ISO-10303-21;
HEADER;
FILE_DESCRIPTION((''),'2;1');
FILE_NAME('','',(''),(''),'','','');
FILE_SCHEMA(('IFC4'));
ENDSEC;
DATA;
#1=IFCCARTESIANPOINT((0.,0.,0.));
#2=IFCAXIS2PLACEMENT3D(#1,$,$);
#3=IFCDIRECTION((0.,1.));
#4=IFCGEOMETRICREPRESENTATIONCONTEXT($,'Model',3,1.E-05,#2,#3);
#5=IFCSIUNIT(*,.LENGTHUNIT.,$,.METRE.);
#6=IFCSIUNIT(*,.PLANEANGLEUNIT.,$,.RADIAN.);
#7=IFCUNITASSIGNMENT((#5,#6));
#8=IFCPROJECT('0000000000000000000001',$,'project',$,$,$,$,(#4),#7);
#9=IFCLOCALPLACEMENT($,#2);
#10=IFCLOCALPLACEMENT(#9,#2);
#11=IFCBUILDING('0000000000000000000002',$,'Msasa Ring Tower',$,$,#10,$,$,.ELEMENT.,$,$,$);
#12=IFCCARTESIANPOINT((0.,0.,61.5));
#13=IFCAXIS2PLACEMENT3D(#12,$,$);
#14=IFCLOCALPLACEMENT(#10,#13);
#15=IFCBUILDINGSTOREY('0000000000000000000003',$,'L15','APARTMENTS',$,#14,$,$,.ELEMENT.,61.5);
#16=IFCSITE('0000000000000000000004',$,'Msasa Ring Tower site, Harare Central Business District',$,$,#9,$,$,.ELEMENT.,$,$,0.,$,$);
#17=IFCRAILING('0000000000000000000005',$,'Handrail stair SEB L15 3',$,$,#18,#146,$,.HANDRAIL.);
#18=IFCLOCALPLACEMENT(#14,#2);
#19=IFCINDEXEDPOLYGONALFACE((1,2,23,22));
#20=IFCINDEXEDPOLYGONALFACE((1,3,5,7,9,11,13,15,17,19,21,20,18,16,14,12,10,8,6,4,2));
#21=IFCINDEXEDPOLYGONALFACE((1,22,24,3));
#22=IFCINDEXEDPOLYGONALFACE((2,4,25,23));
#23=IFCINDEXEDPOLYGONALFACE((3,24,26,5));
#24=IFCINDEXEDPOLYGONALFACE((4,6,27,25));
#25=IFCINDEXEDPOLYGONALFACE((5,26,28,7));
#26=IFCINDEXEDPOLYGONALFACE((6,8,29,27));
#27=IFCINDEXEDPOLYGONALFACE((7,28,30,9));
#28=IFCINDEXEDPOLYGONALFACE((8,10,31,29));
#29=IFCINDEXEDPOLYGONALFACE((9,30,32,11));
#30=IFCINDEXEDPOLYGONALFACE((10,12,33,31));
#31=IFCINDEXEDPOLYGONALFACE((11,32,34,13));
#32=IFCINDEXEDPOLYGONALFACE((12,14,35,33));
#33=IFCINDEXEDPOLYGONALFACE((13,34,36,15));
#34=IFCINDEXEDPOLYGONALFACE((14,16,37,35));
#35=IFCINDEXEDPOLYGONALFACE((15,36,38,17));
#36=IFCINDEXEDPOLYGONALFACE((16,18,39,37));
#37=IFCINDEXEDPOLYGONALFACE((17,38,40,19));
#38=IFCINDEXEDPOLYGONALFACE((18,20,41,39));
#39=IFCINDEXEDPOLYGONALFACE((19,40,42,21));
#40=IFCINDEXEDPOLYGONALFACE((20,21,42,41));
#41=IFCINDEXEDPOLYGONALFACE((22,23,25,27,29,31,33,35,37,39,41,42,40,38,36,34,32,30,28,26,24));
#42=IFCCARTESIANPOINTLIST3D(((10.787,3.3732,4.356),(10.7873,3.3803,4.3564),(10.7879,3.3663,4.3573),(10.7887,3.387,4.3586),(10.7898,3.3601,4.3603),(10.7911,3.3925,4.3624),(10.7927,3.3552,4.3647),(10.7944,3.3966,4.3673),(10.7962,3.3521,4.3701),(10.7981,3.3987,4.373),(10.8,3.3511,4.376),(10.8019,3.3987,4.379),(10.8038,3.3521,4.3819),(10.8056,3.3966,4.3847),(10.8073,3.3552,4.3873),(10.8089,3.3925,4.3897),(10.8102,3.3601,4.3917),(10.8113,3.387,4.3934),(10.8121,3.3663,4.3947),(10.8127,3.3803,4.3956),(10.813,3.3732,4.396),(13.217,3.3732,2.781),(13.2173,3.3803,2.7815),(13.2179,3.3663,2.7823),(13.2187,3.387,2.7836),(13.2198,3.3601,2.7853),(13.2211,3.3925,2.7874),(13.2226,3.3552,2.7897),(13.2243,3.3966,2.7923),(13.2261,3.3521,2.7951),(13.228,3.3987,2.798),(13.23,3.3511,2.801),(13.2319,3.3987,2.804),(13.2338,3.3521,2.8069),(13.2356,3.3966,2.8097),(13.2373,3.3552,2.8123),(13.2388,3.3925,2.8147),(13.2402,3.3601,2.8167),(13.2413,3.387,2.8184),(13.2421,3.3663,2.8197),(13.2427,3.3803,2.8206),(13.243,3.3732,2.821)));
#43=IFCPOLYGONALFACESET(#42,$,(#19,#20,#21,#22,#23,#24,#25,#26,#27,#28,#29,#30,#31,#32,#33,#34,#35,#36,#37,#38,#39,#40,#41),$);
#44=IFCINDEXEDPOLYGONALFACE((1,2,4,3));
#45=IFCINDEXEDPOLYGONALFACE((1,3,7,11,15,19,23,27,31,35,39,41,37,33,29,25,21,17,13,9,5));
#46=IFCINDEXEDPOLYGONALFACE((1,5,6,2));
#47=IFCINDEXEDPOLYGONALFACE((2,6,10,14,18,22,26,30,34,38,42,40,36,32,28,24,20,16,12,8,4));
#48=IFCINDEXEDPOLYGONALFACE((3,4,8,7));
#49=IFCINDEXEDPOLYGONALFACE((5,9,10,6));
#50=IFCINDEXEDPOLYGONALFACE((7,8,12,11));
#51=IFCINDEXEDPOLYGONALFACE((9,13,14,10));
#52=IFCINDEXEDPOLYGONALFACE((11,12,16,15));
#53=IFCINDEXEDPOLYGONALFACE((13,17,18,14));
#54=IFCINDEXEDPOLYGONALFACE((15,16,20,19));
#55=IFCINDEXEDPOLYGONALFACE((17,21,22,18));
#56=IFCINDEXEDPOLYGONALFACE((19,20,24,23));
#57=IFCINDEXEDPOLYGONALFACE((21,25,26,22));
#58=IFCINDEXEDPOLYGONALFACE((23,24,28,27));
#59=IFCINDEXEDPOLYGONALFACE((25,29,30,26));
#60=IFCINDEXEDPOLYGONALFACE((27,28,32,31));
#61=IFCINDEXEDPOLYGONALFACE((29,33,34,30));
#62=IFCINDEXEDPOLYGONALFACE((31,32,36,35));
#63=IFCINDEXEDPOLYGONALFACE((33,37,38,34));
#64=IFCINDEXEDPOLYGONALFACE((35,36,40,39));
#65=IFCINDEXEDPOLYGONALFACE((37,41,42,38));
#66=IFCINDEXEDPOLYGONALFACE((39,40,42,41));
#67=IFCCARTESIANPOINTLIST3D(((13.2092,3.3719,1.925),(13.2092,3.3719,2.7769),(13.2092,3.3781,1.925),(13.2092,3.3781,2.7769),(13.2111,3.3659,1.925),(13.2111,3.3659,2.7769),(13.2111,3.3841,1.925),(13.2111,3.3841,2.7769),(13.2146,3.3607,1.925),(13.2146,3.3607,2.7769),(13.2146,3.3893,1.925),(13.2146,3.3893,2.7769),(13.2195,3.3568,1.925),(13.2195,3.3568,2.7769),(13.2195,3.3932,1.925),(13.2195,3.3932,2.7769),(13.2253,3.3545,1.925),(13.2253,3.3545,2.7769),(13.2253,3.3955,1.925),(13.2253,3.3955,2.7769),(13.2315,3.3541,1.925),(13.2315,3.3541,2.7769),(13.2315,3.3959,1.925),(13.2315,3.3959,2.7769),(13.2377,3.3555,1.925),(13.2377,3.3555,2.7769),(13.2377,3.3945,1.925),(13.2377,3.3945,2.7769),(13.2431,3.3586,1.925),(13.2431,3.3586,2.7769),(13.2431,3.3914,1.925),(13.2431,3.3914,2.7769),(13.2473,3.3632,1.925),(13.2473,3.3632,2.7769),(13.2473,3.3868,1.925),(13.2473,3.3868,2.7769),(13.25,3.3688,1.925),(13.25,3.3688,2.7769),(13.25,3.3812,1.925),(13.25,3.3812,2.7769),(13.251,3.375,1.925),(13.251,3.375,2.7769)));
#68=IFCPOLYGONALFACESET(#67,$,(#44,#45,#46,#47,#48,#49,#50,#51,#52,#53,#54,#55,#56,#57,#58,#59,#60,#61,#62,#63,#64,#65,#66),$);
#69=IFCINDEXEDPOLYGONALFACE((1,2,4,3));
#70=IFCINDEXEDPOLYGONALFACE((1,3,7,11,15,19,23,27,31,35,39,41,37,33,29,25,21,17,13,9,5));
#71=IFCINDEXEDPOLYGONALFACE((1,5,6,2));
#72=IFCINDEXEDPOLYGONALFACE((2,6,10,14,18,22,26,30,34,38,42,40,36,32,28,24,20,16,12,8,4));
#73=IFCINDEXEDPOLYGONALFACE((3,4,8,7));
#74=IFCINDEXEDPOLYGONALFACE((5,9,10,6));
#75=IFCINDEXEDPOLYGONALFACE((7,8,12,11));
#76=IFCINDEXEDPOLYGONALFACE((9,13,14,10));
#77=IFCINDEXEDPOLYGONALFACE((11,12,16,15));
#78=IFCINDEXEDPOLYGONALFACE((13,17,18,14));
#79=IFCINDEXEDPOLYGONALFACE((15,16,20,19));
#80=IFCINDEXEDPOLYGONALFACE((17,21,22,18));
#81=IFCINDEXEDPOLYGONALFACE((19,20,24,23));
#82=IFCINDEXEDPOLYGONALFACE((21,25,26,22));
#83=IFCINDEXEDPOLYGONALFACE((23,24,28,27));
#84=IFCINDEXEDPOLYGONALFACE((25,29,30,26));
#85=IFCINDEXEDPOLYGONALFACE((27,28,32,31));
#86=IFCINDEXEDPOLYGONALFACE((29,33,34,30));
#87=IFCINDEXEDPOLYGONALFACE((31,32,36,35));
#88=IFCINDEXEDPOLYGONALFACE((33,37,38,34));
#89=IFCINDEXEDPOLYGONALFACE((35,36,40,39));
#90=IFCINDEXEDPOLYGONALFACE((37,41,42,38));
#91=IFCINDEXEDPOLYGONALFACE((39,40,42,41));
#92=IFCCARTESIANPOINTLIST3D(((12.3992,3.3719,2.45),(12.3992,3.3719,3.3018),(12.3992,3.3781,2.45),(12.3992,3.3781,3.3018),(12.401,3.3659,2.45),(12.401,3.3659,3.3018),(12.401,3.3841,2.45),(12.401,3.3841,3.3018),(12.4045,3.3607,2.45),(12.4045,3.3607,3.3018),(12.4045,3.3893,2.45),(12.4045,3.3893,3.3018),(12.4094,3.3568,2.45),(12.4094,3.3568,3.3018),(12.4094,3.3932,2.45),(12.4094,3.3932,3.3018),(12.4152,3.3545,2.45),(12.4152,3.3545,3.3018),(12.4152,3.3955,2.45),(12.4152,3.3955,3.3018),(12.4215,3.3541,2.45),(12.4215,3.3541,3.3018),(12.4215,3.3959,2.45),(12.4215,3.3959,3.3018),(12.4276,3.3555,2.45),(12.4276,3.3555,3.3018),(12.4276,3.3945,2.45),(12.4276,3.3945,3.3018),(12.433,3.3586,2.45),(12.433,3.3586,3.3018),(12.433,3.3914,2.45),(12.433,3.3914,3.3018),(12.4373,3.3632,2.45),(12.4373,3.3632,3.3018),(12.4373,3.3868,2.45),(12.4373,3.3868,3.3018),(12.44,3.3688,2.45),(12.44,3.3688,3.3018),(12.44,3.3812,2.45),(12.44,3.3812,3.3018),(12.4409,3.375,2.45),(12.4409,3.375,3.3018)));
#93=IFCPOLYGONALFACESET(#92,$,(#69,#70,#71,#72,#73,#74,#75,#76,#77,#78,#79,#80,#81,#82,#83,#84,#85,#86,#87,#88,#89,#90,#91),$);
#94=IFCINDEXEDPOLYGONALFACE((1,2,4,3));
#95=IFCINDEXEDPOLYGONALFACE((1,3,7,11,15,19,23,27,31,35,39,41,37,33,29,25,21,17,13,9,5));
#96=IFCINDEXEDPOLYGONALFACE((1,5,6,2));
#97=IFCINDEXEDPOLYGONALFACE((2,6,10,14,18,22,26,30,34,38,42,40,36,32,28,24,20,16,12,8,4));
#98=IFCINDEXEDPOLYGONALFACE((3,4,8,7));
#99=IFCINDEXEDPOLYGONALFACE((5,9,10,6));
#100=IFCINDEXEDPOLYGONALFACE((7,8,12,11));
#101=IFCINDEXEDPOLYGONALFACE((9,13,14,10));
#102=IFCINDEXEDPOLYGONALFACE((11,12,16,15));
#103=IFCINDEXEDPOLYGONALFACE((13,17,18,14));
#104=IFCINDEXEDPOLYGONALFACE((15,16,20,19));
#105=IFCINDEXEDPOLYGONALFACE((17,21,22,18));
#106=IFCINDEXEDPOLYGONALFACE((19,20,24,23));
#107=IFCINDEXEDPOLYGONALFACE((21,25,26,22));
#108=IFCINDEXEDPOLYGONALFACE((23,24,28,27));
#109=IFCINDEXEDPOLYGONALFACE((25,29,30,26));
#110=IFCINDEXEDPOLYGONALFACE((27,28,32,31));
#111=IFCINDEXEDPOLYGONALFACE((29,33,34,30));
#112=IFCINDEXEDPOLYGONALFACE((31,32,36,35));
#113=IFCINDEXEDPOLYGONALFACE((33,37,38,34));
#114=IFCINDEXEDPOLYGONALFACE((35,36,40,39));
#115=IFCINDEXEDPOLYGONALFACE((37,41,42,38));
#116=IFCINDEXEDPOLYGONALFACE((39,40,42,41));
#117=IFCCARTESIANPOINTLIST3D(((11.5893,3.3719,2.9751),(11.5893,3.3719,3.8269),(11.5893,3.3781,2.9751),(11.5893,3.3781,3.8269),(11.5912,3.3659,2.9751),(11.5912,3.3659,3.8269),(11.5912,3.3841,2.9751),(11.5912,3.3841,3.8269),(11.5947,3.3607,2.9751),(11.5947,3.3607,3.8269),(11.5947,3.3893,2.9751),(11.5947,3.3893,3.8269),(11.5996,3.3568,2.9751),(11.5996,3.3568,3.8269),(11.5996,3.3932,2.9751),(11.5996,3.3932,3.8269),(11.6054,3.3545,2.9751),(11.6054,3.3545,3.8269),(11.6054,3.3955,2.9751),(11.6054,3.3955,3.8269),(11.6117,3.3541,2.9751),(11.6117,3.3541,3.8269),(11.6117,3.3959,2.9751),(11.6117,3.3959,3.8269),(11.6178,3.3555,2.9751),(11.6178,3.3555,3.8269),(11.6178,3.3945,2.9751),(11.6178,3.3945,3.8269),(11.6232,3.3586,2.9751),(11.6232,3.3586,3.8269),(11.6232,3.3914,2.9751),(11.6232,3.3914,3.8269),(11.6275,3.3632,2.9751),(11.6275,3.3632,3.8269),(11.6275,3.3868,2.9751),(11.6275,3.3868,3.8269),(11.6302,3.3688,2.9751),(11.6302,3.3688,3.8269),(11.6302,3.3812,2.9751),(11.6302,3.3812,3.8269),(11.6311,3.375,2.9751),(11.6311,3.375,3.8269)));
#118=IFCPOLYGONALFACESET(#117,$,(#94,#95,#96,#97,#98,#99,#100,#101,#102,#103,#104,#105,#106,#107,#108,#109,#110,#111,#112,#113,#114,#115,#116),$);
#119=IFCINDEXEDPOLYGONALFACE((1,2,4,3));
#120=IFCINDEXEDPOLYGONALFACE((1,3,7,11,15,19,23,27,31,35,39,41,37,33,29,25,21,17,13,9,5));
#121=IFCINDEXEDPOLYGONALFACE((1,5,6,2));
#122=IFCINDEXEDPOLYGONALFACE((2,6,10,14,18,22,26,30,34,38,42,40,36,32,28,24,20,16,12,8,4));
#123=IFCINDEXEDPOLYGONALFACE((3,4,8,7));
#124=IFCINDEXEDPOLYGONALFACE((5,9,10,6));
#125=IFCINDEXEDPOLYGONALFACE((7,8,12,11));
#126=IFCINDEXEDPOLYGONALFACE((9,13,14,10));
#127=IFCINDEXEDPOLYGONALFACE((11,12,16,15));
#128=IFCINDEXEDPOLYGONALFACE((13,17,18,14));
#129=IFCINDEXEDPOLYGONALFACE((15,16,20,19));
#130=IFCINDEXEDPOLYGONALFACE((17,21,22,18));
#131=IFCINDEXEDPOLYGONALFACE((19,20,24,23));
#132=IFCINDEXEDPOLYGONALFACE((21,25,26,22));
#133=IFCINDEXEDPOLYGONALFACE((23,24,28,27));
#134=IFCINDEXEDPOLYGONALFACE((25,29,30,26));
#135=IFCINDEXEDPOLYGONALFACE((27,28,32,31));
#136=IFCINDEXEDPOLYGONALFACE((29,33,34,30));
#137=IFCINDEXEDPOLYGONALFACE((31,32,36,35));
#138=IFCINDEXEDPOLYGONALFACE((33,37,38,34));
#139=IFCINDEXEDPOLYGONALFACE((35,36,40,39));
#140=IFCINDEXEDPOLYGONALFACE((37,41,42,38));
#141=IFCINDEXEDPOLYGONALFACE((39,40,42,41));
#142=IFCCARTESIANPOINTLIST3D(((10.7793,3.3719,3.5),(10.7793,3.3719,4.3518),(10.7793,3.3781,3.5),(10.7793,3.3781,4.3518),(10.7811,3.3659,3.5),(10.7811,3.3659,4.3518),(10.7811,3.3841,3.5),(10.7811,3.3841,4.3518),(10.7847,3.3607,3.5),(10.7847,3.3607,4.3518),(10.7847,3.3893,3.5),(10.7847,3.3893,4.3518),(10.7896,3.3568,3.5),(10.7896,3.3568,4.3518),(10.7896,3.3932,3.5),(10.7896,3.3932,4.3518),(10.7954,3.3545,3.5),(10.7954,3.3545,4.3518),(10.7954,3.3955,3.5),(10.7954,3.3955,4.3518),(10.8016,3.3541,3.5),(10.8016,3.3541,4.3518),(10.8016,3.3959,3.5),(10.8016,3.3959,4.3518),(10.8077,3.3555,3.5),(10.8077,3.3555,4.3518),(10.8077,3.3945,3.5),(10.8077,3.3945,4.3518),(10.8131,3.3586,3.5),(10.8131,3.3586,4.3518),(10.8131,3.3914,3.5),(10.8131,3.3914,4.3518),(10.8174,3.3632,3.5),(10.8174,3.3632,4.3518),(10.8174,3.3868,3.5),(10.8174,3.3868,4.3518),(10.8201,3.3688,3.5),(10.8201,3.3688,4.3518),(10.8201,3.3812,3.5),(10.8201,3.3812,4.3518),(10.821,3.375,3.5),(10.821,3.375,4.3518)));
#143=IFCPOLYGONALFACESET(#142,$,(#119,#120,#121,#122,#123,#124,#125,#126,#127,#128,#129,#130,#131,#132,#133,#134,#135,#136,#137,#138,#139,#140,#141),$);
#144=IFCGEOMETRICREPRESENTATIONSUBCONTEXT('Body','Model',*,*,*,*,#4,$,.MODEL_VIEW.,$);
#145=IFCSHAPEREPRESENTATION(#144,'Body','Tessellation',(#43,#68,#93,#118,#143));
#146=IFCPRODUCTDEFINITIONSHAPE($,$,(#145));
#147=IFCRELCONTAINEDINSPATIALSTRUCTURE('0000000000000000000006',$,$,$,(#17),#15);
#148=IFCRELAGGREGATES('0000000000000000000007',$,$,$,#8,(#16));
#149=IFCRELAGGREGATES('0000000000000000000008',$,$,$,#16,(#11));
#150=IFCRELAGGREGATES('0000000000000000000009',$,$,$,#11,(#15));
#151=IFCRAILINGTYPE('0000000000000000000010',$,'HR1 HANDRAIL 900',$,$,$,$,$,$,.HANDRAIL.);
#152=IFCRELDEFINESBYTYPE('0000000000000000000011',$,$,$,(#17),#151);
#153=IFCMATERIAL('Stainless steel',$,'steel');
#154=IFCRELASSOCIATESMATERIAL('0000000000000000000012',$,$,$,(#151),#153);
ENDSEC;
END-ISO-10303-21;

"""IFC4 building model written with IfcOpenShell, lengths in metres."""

from ifc_helpers import new_model, si_unit, direction, frame, origin, origin_2d, place, context, subcontext, project, spatial, circle, extrude, material, type_object, element, save


model = new_model("IFC4")

# Units and contexts
model_context = context("Model", 3, precision=1e-05, world=origin(), true_north=direction((0.0, 1.0)))
body_context = subcontext(model_context, "Body", "Model", "MODEL_VIEW")
ifc_project = project(units=[si_unit("LENGTHUNIT", "METRE"), si_unit("PLANEANGLEUNIT", "RADIAN")], contexts=[model_context])

# Site, building, storey
site_placement = place(None, origin())
site = spatial("IfcSite", under=ifc_project, at=site_placement, Name="Msasa Ring Tower site, Harare Central Business District", CompositionType="ELEMENT", RefElevation=0.0)
building_placement = place(site_placement, origin())
building = spatial("IfcBuilding", under=site, at=building_placement, Name="Msasa Ring Tower", CompositionType="ELEMENT")
storey_placement = place(building_placement, frame((0.0, 0.0, 61.5)))
storey = spatial("IfcBuildingStorey", under=building, at=storey_placement, Name="L15", Description="APARTMENTS", CompositionType="ELEMENT", Elevation=61.5)

# Railing
ifc_material_1 = material(Name="Stainless steel", Category="steel")
railing_type = type_object("IfcRailingType", Name="HR1 HANDRAIL 900", PredefinedType="HANDRAIL", material=ifc_material_1)
for number, where, name in (
    (1, (13.23, 3.375, 1.925), "Handrail stair SEB L15 3"),
):
    element("IfcRailing", number, at=place(storey_placement, frame(where)), inside=storey, type_object=railing_type, Name=name, PredefinedType="HANDRAIL", context=body_context, shape_type="SweptSolid", body=[
        extrude(circle(Radius=0.0239, at=origin_2d()), frame((0.0, 0.0, 0.876), z_axis=(-0.839154, 0.0, 0.543894), x_axis=(0.0, -1.0, 0.0)), (0.0, 0.0, 1.0), 2.8958),
        extrude(circle(Radius=0.021, at=origin_2d()), origin(), (0.0, 0.0, 1.0), 0.8518),
        extrude(circle(Radius=0.021, at=origin_2d()), frame((-0.8101, 0.0, 0.5249)), (0.0, 0.0, 1.0), 0.8518),
        extrude(circle(Radius=0.021, at=origin_2d()), frame((-1.6199, 0.0, 1.05)), (0.0, 0.0, 1.0), 0.8518),
        extrude(circle(Radius=0.021, at=origin_2d()), frame((-2.4299, 0.0, 1.575)), (0.0, 0.0, 1.0), 0.8518),
    ])

save(model, "model.ifc")
